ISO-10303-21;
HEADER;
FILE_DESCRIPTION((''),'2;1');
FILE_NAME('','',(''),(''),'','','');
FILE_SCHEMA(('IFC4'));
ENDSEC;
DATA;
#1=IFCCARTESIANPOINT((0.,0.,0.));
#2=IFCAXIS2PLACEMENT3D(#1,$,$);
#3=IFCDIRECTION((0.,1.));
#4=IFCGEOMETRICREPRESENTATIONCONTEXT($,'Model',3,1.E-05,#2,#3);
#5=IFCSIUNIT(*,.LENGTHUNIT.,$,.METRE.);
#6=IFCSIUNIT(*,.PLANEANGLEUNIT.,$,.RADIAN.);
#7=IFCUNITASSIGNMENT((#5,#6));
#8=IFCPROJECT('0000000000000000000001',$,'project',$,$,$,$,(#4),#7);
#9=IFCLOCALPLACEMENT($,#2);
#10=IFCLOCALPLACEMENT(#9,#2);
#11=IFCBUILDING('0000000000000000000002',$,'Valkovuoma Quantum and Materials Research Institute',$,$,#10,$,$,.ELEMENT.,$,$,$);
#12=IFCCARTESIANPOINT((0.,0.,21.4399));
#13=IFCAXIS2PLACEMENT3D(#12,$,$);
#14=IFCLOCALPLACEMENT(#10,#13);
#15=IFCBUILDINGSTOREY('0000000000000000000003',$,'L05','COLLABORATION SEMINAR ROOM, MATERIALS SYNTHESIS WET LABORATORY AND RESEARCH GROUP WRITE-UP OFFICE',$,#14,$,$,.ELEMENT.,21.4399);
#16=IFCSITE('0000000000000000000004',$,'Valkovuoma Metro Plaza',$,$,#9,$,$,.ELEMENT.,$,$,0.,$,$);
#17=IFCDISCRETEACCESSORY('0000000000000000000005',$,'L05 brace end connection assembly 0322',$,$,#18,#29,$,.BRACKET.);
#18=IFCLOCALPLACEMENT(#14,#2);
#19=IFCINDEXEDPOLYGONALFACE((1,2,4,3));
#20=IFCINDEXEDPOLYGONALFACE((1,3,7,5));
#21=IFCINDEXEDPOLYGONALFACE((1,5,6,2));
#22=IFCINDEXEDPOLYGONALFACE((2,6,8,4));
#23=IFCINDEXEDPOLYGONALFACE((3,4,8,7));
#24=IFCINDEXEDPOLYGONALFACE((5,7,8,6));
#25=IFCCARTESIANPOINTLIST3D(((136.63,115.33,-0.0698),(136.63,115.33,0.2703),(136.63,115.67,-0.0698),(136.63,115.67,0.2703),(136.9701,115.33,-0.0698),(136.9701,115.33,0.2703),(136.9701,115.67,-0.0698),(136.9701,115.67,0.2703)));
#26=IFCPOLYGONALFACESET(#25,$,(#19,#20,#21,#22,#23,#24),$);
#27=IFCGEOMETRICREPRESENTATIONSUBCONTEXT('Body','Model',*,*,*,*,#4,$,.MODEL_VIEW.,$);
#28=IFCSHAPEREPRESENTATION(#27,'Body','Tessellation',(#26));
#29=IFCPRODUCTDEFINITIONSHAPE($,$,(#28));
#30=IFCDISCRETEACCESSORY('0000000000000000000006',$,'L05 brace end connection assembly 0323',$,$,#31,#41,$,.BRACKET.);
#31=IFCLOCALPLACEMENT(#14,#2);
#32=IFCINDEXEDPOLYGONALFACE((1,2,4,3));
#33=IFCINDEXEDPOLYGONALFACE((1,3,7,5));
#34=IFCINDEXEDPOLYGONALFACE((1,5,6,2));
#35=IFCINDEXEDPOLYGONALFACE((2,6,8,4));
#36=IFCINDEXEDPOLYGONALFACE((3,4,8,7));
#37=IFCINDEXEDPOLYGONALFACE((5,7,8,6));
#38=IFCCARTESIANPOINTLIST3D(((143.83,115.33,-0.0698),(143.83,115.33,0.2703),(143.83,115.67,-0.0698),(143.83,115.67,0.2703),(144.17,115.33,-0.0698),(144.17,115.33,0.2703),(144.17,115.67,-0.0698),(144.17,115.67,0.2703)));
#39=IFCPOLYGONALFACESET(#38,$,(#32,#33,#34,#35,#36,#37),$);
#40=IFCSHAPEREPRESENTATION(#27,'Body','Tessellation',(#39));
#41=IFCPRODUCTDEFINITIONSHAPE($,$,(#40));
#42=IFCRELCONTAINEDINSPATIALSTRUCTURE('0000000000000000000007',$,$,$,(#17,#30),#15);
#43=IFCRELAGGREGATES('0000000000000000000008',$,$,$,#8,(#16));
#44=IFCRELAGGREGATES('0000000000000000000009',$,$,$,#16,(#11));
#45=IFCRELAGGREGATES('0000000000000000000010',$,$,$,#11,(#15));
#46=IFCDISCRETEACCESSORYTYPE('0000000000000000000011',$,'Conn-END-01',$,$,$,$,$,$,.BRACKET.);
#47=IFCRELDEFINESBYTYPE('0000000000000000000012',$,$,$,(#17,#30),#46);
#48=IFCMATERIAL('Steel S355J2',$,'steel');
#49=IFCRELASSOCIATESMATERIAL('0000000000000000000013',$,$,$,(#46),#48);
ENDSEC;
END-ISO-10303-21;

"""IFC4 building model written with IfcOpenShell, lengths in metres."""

from ifc_helpers import new_model, si_unit, direction, frame, origin, origin_2d, place, context, subcontext, project, spatial, rectangle, extrude, material, type_object, element, save


model = new_model("IFC4")

# Units and contexts
model_context = context("Model", 3, precision=1e-05, world=origin(), true_north=direction((0.0, 1.0)))
body_context = subcontext(model_context, "Body", "Model", "MODEL_VIEW")
ifc_project = project(units=[si_unit("LENGTHUNIT", "METRE"), si_unit("PLANEANGLEUNIT", "RADIAN")], contexts=[model_context])

# Site, building, storey
site_placement = place(None, origin())
site = spatial("IfcSite", under=ifc_project, at=site_placement, Name="Valkovuoma Metro Plaza", CompositionType="ELEMENT", RefElevation=0.0)
building_placement = place(site_placement, origin())
building = spatial("IfcBuilding", under=site, at=building_placement, Name="Valkovuoma Quantum and Materials Research Institute", CompositionType="ELEMENT")
storey_placement = place(building_placement, frame((0.0, 0.0, 21.4399)))
storey = spatial("IfcBuildingStorey", under=building, at=storey_placement, Name="L05", Description="COLLABORATION SEMINAR ROOM, MATERIALS SYNTHESIS WET LABORATORY AND RESEARCH GROUP WRITE-UP OFFICE", CompositionType="ELEMENT", Elevation=21.4399)

# Discrete accessories
ifc_material_1 = material(Name="Steel S355J2", Category="steel")
discrete_accessory_type_1 = type_object("IfcDiscreteAccessoryType", Name="Conn-END-01", PredefinedType="BRACKET", material=ifc_material_1)
for number, where, z_axis, x_axis, name in (
    (1, (136.8, 115.5, -0.0698), (0.0, 0.0, 1.0), (1.0, 0.0, 0.0), "L05 brace end connection assembly 0322"),
    (2, (144.0, 115.5, -0.0698), (0.0, 0.0, 1.0), (1.0, 0.0, 0.0), "L05 brace end connection assembly 0323"),
):
    element("IfcDiscreteAccessory", number, at=place(storey_placement, frame(where, z_axis=z_axis, x_axis=x_axis)), inside=storey, type_object=discrete_accessory_type_1, Name=name, PredefinedType="BRACKET", context=body_context, shape_type="SweptSolid", body=[
        extrude(rectangle(XDim=0.3401, YDim=0.3401, at=origin_2d()), origin(), (0.0, 0.0, 1.0), 0.3401),
    ])

save(model, "model.ifc")
